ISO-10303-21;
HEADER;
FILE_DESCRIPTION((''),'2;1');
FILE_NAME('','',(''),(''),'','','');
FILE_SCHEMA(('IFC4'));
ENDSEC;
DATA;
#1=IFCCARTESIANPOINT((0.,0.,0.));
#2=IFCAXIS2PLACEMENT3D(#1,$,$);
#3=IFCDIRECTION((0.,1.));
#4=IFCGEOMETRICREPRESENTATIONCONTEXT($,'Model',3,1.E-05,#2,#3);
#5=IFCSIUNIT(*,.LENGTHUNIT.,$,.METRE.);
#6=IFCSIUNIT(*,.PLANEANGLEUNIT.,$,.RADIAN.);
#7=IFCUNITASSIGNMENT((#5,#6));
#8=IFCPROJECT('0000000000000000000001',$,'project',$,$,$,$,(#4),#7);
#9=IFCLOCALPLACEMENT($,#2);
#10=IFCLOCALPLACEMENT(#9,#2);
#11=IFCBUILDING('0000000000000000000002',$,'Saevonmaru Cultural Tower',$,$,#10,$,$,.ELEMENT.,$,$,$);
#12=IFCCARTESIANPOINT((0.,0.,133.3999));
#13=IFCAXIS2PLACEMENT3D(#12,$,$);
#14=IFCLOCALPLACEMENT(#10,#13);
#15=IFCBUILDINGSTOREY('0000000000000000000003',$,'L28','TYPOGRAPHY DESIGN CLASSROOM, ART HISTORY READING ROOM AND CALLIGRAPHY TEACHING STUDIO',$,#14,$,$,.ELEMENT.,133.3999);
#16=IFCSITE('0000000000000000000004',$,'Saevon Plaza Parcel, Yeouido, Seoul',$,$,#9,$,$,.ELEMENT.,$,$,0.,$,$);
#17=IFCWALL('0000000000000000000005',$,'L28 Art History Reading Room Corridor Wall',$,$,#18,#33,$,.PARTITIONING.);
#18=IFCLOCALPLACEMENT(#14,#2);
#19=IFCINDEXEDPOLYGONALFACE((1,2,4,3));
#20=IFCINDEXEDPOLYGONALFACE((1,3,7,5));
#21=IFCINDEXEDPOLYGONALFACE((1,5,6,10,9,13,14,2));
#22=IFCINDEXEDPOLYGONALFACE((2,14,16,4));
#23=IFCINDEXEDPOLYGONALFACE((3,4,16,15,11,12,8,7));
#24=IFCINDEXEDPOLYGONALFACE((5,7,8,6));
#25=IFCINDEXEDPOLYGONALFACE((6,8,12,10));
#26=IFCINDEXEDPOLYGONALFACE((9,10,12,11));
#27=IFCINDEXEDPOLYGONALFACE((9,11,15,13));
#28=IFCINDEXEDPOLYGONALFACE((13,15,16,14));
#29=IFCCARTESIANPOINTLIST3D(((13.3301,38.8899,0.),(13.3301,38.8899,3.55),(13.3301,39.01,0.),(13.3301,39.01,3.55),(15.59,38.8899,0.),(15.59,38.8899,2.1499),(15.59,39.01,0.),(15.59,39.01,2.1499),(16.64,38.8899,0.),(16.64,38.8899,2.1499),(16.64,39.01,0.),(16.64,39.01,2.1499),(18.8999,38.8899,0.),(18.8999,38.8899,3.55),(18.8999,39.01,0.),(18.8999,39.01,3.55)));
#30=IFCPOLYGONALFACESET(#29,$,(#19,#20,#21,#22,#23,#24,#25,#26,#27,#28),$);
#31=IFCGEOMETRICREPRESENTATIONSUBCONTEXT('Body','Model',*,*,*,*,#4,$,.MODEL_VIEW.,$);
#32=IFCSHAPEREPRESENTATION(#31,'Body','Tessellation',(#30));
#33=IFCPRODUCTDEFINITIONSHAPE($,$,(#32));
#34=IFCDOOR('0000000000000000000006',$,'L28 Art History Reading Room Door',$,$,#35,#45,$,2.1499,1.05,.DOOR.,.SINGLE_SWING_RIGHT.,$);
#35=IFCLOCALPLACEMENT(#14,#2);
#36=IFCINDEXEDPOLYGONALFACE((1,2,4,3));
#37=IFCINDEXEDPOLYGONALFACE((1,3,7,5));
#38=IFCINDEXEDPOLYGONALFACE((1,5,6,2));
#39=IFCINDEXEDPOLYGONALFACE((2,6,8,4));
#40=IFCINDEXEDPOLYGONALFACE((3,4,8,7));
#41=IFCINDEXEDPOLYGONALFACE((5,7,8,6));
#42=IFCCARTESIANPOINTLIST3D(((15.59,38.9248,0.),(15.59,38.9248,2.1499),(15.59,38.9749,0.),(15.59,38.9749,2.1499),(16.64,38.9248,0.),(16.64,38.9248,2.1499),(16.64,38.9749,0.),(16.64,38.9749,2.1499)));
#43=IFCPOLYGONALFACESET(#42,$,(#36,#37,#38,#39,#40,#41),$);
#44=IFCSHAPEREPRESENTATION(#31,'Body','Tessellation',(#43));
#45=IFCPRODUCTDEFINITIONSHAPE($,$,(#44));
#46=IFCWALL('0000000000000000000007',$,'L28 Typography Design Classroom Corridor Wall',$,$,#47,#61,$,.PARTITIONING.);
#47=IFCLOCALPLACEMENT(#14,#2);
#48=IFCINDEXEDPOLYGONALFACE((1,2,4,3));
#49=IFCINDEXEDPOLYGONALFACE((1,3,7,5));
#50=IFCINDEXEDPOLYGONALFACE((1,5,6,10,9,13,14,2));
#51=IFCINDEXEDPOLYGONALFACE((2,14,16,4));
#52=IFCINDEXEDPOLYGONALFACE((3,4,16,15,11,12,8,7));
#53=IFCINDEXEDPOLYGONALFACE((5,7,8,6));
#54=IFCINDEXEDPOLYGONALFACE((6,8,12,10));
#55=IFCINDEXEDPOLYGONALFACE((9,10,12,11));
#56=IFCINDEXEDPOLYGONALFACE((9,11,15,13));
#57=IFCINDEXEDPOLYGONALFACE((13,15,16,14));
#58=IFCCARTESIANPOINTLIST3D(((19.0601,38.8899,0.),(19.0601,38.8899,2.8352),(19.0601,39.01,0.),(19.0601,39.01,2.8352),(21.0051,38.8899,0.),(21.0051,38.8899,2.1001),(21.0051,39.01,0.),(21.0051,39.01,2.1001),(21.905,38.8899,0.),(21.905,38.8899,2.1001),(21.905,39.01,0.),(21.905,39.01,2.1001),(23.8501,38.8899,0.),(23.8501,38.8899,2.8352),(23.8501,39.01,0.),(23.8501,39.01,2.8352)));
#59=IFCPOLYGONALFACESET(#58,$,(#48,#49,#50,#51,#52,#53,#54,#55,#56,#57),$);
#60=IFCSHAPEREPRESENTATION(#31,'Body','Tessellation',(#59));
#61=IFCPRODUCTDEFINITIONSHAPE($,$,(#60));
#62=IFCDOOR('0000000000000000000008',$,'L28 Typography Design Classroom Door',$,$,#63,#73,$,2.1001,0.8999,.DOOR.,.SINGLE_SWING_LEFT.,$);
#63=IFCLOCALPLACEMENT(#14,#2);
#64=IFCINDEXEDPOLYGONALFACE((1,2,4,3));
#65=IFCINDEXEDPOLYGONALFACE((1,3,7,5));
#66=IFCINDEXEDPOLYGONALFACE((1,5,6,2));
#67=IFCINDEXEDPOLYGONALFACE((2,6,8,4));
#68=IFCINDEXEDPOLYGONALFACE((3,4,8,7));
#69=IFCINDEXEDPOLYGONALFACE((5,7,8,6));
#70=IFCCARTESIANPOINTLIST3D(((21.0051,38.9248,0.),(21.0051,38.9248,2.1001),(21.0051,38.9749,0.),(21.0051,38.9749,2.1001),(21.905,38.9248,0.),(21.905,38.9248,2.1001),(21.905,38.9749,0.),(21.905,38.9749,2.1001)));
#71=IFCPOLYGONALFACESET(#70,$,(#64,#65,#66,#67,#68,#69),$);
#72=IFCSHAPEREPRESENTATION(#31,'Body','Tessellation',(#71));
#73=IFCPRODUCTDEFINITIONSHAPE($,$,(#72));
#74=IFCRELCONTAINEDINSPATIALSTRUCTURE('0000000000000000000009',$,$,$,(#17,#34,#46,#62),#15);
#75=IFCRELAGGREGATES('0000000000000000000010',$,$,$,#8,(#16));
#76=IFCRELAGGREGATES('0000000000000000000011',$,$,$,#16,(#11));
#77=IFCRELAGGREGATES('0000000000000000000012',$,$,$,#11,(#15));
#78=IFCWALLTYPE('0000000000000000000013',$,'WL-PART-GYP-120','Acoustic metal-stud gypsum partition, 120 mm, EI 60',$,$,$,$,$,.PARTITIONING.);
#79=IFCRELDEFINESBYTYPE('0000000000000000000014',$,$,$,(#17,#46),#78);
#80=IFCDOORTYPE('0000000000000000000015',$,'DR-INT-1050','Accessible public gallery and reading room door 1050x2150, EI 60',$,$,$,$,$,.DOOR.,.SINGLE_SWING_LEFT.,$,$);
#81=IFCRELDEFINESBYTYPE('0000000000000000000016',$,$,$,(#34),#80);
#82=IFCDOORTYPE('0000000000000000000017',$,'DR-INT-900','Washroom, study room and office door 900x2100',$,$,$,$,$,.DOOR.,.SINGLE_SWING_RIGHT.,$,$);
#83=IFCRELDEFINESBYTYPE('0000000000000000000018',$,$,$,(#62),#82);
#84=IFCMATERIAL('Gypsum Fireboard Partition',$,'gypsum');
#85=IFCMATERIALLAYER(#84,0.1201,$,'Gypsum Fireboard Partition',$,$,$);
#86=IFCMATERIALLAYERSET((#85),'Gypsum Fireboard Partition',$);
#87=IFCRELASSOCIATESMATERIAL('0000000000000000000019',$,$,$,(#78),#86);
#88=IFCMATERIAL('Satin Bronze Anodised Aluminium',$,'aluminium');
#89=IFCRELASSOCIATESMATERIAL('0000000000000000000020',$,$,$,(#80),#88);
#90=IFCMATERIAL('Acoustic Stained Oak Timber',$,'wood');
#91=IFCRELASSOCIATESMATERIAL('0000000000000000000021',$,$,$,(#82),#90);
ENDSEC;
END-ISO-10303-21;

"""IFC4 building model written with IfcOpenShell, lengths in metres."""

from ifc_helpers import new_model, si_unit, direction, frame, frame_2d, origin, place, context, subcontext, project, spatial, rectangle, extrude, material, layer, layer_set, type_object, element, fill, save


model = new_model("IFC4")

# Units and contexts
model_context = context("Model", 3, precision=1e-05, world=origin(), true_north=direction((0.0, 1.0)))
body_context = subcontext(model_context, "Body", "Model", "MODEL_VIEW")
ifc_project = project(units=[si_unit("LENGTHUNIT", "METRE"), si_unit("PLANEANGLEUNIT", "RADIAN")], contexts=[model_context])

# Site, building, storey
site_placement = place(None, origin())
site = spatial("IfcSite", under=ifc_project, at=site_placement, Name="Saevon Plaza Parcel, Yeouido, Seoul", CompositionType="ELEMENT", RefElevation=0.0)
building_placement = place(site_placement, origin())
building = spatial("IfcBuilding", under=site, at=building_placement, Name="Saevonmaru Cultural Tower", CompositionType="ELEMENT")
storey_placement = place(building_placement, frame((0.0, 0.0, 133.3999)))
storey = spatial("IfcBuildingStorey", under=building, at=storey_placement, Name="L28", Description="TYPOGRAPHY DESIGN CLASSROOM, ART HISTORY READING ROOM AND CALLIGRAPHY TEACHING STUDIO", CompositionType="ELEMENT", Elevation=133.3999)

# Shared definitions
ifc_material_1 = material(Name="Satin Bronze Anodised Aluminium", Category="aluminium")

# Shared definitions
ifc_material_2 = material(Name="Gypsum Fireboard Partition", Category="gypsum")
ifc_layer_1 = layer(ifc_material_2, 0.1201, Name="Gypsum Fireboard Partition")
ifc_layer_set_1 = layer_set([ifc_layer_1], Name="Gypsum Fireboard Partition")
wall_type_1 = type_object("IfcWallType", Name="WL-PART-GYP-120", Description="Acoustic metal-stud gypsum partition, 120 mm, EI 60", PredefinedType="PARTITIONING", material=ifc_layer_set_1)

# Walls, openings, doors
door_type_1 = type_object("IfcDoorType", Name="DR-INT-1050", Description="Accessible public gallery and reading room door 1050x2150, EI 60", OperationType="SINGLE_SWING_LEFT", PredefinedType="DOOR", material=ifc_material_1)
wall_1_placement = place(storey_placement, frame((13.3301, 38.95, 0.0), z_axis=(0.0, 0.0, 1.0), x_axis=(1.0, 0.0, 0.0)))
wall_1 = element("IfcWall", 1, at=wall_1_placement, inside=storey, type_object=wall_type_1, Name="L28 Art History Reading Room Corridor Wall", PredefinedType="PARTITIONING", context=body_context, shape_type="SweptSolid", body=[
    extrude(rectangle(XDim=5.5698, YDim=0.1201, at=frame_2d((2.7849, 0.0))), origin(), (0.0, 0.0, 1.0), 3.55),
])
opening_1_placement = place(wall_1_placement, frame((2.26, 0.0, 0.0)))
opening_1 = element("IfcOpeningElement", 2, at=opening_1_placement, cuts=wall_1, PredefinedType="OPENING", context=body_context, shape_type="SweptSolid", body=[
    extrude(rectangle(XDim=1.05, YDim=2.1499, at=frame_2d((0.5249, 1.075))), frame((0.0, 0.0701, 0.0), z_axis=(0.0, -1.0, 0.0), x_axis=(1.0, 0.0, 0.0)), (0.0, 0.0, 1.0), 0.1401),
])
door_1_placement = place(opening_1_placement, origin())
door_1 = element("IfcDoor", 3, at=door_1_placement, inside=storey, type_object=door_type_1, Name="L28 Art History Reading Room Door", OperationType="SINGLE_SWING_RIGHT", OverallHeight=2.1499, OverallWidth=1.05, PredefinedType="DOOR", context=body_context, shape_type="SweptSolid", body=[
    extrude(rectangle(XDim=1.05, YDim=2.1499, at=frame_2d((0.5249, 1.075))), frame((0.0, 0.0249, 0.0), z_axis=(0.0, -1.0, 0.0), x_axis=(1.0, 0.0, 0.0)), (0.0, 0.0, 1.0), 0.05),
])
fill(opening_1, door_1)
wall_2_placement = place(storey_placement, frame((19.0601, 38.95, 0.0), z_axis=(0.0, 0.0, 1.0), x_axis=(1.0, 0.0, 0.0)))
wall_2 = element("IfcWall", 4, at=wall_2_placement, inside=storey, type_object=wall_type_1, Name="L28 Typography Design Classroom Corridor Wall", PredefinedType="PARTITIONING", context=body_context, shape_type="SweptSolid", body=[
    extrude(rectangle(XDim=4.79, YDim=0.1201, at=frame_2d((2.395, 0.0))), origin(), (0.0, 0.0, 1.0), 2.8352),
])
opening_2_placement = place(wall_2_placement, frame((1.9451, 0.0, 0.0)))
opening_2 = element("IfcOpeningElement", 5, at=opening_2_placement, cuts=wall_2, PredefinedType="OPENING", context=body_context, shape_type="SweptSolid", body=[
    extrude(rectangle(XDim=0.8999, YDim=2.1001, at=frame_2d((0.45, 1.05))), frame((0.0, 0.0701, 0.0), z_axis=(0.0, -1.0, 0.0), x_axis=(1.0, 0.0, 0.0)), (0.0, 0.0, 1.0), 0.1401),
])
ifc_material_3 = material(Name="Acoustic Stained Oak Timber", Category="wood")
door_type_2 = type_object("IfcDoorType", Name="DR-INT-900", Description="Washroom, study room and office door 900x2100", OperationType="SINGLE_SWING_RIGHT", PredefinedType="DOOR", material=ifc_material_3)
door_2_placement = place(opening_2_placement, origin())
door_2 = element("IfcDoor", 6, at=door_2_placement, inside=storey, type_object=door_type_2, Name="L28 Typography Design Classroom Door", OperationType="SINGLE_SWING_LEFT", OverallHeight=2.1001, OverallWidth=0.8999, PredefinedType="DOOR", context=body_context, shape_type="SweptSolid", body=[
    extrude(rectangle(XDim=0.8999, YDim=2.1001, at=frame_2d((0.45, 1.05))), frame((0.0, 0.0249, 0.0), z_axis=(0.0, -1.0, 0.0), x_axis=(1.0, 0.0, 0.0)), (0.0, 0.0, 1.0), 0.05),
])
fill(opening_2, door_2)

save(model, "model.ifc")
